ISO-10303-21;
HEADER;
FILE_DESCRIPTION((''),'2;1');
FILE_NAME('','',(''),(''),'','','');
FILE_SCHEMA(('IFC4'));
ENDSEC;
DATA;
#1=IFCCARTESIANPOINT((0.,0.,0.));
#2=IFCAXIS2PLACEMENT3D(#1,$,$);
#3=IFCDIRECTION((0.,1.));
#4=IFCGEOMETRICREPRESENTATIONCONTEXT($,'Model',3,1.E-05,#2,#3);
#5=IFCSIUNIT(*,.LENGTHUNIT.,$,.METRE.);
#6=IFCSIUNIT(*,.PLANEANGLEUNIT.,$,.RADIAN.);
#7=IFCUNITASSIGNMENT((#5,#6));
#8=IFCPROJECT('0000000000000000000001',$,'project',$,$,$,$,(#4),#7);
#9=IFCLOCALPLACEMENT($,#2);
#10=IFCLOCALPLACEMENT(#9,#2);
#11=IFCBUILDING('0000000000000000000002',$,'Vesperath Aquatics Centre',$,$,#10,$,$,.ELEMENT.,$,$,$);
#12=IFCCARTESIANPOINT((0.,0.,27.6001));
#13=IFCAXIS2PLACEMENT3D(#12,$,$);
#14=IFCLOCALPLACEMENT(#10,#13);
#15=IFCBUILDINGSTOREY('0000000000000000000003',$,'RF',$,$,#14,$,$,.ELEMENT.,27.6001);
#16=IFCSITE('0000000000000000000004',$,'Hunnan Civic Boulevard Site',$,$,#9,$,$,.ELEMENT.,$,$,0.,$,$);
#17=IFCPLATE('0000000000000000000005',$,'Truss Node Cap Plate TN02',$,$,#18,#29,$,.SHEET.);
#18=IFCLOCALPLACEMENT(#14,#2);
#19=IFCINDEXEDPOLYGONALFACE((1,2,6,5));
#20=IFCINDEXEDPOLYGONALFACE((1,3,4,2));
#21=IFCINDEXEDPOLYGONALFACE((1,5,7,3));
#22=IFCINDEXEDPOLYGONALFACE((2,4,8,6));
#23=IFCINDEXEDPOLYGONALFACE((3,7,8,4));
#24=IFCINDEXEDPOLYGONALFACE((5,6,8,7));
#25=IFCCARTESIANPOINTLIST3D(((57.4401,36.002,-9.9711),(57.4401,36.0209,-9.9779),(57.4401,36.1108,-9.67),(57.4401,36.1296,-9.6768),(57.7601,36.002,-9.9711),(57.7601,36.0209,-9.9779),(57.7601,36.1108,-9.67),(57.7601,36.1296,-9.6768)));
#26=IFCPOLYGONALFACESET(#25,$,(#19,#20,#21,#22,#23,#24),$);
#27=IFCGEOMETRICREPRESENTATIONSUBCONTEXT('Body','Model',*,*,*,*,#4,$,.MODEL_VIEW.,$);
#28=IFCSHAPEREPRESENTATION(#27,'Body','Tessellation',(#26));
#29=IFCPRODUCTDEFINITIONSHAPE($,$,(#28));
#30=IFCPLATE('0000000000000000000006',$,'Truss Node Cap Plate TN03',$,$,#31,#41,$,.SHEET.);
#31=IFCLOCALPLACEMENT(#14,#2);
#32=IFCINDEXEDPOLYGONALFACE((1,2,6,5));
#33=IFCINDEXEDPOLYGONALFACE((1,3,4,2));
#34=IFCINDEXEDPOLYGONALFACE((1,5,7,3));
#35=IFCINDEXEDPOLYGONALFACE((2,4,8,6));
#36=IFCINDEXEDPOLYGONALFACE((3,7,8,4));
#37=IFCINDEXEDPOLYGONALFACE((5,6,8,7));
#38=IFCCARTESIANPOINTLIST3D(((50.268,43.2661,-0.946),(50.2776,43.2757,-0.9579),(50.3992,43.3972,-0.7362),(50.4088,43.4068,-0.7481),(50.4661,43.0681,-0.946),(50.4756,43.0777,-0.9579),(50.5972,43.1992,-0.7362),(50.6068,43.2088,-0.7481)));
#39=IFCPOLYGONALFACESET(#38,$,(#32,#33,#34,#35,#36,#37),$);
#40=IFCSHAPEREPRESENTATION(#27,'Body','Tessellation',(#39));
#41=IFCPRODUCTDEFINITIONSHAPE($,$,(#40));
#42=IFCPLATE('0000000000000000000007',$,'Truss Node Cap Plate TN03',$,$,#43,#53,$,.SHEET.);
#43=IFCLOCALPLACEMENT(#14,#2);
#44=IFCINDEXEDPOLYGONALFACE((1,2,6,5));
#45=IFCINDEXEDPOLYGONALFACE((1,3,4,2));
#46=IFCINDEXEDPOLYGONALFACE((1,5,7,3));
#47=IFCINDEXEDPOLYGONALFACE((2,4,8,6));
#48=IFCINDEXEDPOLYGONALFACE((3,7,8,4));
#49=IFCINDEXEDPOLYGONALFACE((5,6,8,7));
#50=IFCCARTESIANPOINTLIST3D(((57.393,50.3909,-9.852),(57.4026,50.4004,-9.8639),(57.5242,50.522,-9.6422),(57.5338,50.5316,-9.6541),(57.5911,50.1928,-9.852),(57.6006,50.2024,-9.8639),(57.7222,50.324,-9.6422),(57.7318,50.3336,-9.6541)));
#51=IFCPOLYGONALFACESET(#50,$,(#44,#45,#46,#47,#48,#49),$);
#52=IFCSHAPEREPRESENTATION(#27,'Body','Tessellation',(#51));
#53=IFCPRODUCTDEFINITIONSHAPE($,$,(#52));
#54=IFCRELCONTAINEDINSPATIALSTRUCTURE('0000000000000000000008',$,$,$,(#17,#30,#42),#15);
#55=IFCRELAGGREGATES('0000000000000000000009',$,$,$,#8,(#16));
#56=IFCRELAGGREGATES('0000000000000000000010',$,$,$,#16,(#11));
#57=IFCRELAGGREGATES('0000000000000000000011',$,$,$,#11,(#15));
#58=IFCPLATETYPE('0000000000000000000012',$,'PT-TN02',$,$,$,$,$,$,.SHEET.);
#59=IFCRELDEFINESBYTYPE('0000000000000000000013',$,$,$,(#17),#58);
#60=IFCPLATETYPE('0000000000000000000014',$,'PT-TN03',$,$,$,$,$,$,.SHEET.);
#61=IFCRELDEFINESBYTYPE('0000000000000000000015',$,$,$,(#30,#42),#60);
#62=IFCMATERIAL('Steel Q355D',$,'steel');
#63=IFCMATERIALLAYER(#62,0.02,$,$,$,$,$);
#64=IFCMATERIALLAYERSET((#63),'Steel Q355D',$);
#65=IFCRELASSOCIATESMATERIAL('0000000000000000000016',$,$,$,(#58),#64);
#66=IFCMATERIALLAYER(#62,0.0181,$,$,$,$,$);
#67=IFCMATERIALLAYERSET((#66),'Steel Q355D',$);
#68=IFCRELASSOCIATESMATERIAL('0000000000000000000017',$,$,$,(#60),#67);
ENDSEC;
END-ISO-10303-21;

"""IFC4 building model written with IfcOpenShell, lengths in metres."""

from ifc_helpers import new_model, si_unit, direction, frame, origin, origin_2d, place, context, subcontext, project, spatial, rectangle, extrude, material, layer, layer_set, type_object, element, save


model = new_model("IFC4")

# Units and contexts
model_context = context("Model", 3, precision=1e-05, world=origin(), true_north=direction((0.0, 1.0)))
body_context = subcontext(model_context, "Body", "Model", "MODEL_VIEW")
ifc_project = project(units=[si_unit("LENGTHUNIT", "METRE"), si_unit("PLANEANGLEUNIT", "RADIAN")], contexts=[model_context])

# Site, building, storey
site_placement = place(None, origin())
site = spatial("IfcSite", under=ifc_project, at=site_placement, Name="Hunnan Civic Boulevard Site", CompositionType="ELEMENT", RefElevation=0.0)
building_placement = place(site_placement, origin())
building = spatial("IfcBuilding", under=site, at=building_placement, Name="Vesperath Aquatics Centre", CompositionType="ELEMENT")
storey_placement = place(building_placement, frame((0.0, 0.0, 27.6001)))
storey = spatial("IfcBuildingStorey", under=building, at=storey_placement, Name="RF", CompositionType="ELEMENT", Elevation=27.6001)

# Shared definitions
ifc_material_1 = material(Name="Steel Q355D", Category="steel")

# Plates
ifc_layer_1 = layer(ifc_material_1, 0.02)
ifc_layer_set_1 = layer_set([ifc_layer_1], Name="Steel Q355D")
plate_type_1 = type_object("IfcPlateType", Name="PT-TN02", PredefinedType="SHEET", material=ifc_layer_set_1)
plate_placement = place(storey_placement, frame((57.6001, 36.0564, -9.8206), z_axis=(0.0, 0.940554, -0.339644), x_axis=(-1.0, 0.0, 0.0)))
element("IfcPlate", 1, at=plate_placement, inside=storey, type_object=plate_type_1, Name="Truss Node Cap Plate TN02", PredefinedType="SHEET", context=body_context, shape_type="SweptSolid", body=[
    extrude(rectangle(XDim=0.3201, YDim=0.3201, at=origin_2d()), origin(), (0.0, 0.0, 1.0), 0.02),
])
ifc_layer_2 = layer(ifc_material_1, 0.0181)
ifc_layer_set_2 = layer_set([ifc_layer_2], Name="Steel Q355D")
plate_type_2 = type_object("IfcPlateType", Name="PT-TN03", PredefinedType="SHEET", material=ifc_layer_set_2)
for number, where, z_axis, x_axis, name in (
    (2, (50.4326, 43.2327, -0.8411), (0.529813, 0.529813, -0.662266), (-0.707107, 0.707107, 0.0), "Truss Node Cap Plate TN03"),
    (3, (57.5576, 50.3574, -9.7471), (0.529813, 0.529813, -0.662266), (-0.707107, 0.707107, 0.0), "Truss Node Cap Plate TN03"),
):
    element("IfcPlate", number, at=place(storey_placement, frame(where, z_axis=z_axis, x_axis=x_axis)), inside=storey, type_object=plate_type_2, Name=name, PredefinedType="SHEET", context=body_context, shape_type="SweptSolid", body=[
        extrude(rectangle(XDim=0.28, YDim=0.28, at=origin_2d()), origin(), (0.0, 0.0, 1.0), 0.0181),
    ])

save(model, "model.ifc")
